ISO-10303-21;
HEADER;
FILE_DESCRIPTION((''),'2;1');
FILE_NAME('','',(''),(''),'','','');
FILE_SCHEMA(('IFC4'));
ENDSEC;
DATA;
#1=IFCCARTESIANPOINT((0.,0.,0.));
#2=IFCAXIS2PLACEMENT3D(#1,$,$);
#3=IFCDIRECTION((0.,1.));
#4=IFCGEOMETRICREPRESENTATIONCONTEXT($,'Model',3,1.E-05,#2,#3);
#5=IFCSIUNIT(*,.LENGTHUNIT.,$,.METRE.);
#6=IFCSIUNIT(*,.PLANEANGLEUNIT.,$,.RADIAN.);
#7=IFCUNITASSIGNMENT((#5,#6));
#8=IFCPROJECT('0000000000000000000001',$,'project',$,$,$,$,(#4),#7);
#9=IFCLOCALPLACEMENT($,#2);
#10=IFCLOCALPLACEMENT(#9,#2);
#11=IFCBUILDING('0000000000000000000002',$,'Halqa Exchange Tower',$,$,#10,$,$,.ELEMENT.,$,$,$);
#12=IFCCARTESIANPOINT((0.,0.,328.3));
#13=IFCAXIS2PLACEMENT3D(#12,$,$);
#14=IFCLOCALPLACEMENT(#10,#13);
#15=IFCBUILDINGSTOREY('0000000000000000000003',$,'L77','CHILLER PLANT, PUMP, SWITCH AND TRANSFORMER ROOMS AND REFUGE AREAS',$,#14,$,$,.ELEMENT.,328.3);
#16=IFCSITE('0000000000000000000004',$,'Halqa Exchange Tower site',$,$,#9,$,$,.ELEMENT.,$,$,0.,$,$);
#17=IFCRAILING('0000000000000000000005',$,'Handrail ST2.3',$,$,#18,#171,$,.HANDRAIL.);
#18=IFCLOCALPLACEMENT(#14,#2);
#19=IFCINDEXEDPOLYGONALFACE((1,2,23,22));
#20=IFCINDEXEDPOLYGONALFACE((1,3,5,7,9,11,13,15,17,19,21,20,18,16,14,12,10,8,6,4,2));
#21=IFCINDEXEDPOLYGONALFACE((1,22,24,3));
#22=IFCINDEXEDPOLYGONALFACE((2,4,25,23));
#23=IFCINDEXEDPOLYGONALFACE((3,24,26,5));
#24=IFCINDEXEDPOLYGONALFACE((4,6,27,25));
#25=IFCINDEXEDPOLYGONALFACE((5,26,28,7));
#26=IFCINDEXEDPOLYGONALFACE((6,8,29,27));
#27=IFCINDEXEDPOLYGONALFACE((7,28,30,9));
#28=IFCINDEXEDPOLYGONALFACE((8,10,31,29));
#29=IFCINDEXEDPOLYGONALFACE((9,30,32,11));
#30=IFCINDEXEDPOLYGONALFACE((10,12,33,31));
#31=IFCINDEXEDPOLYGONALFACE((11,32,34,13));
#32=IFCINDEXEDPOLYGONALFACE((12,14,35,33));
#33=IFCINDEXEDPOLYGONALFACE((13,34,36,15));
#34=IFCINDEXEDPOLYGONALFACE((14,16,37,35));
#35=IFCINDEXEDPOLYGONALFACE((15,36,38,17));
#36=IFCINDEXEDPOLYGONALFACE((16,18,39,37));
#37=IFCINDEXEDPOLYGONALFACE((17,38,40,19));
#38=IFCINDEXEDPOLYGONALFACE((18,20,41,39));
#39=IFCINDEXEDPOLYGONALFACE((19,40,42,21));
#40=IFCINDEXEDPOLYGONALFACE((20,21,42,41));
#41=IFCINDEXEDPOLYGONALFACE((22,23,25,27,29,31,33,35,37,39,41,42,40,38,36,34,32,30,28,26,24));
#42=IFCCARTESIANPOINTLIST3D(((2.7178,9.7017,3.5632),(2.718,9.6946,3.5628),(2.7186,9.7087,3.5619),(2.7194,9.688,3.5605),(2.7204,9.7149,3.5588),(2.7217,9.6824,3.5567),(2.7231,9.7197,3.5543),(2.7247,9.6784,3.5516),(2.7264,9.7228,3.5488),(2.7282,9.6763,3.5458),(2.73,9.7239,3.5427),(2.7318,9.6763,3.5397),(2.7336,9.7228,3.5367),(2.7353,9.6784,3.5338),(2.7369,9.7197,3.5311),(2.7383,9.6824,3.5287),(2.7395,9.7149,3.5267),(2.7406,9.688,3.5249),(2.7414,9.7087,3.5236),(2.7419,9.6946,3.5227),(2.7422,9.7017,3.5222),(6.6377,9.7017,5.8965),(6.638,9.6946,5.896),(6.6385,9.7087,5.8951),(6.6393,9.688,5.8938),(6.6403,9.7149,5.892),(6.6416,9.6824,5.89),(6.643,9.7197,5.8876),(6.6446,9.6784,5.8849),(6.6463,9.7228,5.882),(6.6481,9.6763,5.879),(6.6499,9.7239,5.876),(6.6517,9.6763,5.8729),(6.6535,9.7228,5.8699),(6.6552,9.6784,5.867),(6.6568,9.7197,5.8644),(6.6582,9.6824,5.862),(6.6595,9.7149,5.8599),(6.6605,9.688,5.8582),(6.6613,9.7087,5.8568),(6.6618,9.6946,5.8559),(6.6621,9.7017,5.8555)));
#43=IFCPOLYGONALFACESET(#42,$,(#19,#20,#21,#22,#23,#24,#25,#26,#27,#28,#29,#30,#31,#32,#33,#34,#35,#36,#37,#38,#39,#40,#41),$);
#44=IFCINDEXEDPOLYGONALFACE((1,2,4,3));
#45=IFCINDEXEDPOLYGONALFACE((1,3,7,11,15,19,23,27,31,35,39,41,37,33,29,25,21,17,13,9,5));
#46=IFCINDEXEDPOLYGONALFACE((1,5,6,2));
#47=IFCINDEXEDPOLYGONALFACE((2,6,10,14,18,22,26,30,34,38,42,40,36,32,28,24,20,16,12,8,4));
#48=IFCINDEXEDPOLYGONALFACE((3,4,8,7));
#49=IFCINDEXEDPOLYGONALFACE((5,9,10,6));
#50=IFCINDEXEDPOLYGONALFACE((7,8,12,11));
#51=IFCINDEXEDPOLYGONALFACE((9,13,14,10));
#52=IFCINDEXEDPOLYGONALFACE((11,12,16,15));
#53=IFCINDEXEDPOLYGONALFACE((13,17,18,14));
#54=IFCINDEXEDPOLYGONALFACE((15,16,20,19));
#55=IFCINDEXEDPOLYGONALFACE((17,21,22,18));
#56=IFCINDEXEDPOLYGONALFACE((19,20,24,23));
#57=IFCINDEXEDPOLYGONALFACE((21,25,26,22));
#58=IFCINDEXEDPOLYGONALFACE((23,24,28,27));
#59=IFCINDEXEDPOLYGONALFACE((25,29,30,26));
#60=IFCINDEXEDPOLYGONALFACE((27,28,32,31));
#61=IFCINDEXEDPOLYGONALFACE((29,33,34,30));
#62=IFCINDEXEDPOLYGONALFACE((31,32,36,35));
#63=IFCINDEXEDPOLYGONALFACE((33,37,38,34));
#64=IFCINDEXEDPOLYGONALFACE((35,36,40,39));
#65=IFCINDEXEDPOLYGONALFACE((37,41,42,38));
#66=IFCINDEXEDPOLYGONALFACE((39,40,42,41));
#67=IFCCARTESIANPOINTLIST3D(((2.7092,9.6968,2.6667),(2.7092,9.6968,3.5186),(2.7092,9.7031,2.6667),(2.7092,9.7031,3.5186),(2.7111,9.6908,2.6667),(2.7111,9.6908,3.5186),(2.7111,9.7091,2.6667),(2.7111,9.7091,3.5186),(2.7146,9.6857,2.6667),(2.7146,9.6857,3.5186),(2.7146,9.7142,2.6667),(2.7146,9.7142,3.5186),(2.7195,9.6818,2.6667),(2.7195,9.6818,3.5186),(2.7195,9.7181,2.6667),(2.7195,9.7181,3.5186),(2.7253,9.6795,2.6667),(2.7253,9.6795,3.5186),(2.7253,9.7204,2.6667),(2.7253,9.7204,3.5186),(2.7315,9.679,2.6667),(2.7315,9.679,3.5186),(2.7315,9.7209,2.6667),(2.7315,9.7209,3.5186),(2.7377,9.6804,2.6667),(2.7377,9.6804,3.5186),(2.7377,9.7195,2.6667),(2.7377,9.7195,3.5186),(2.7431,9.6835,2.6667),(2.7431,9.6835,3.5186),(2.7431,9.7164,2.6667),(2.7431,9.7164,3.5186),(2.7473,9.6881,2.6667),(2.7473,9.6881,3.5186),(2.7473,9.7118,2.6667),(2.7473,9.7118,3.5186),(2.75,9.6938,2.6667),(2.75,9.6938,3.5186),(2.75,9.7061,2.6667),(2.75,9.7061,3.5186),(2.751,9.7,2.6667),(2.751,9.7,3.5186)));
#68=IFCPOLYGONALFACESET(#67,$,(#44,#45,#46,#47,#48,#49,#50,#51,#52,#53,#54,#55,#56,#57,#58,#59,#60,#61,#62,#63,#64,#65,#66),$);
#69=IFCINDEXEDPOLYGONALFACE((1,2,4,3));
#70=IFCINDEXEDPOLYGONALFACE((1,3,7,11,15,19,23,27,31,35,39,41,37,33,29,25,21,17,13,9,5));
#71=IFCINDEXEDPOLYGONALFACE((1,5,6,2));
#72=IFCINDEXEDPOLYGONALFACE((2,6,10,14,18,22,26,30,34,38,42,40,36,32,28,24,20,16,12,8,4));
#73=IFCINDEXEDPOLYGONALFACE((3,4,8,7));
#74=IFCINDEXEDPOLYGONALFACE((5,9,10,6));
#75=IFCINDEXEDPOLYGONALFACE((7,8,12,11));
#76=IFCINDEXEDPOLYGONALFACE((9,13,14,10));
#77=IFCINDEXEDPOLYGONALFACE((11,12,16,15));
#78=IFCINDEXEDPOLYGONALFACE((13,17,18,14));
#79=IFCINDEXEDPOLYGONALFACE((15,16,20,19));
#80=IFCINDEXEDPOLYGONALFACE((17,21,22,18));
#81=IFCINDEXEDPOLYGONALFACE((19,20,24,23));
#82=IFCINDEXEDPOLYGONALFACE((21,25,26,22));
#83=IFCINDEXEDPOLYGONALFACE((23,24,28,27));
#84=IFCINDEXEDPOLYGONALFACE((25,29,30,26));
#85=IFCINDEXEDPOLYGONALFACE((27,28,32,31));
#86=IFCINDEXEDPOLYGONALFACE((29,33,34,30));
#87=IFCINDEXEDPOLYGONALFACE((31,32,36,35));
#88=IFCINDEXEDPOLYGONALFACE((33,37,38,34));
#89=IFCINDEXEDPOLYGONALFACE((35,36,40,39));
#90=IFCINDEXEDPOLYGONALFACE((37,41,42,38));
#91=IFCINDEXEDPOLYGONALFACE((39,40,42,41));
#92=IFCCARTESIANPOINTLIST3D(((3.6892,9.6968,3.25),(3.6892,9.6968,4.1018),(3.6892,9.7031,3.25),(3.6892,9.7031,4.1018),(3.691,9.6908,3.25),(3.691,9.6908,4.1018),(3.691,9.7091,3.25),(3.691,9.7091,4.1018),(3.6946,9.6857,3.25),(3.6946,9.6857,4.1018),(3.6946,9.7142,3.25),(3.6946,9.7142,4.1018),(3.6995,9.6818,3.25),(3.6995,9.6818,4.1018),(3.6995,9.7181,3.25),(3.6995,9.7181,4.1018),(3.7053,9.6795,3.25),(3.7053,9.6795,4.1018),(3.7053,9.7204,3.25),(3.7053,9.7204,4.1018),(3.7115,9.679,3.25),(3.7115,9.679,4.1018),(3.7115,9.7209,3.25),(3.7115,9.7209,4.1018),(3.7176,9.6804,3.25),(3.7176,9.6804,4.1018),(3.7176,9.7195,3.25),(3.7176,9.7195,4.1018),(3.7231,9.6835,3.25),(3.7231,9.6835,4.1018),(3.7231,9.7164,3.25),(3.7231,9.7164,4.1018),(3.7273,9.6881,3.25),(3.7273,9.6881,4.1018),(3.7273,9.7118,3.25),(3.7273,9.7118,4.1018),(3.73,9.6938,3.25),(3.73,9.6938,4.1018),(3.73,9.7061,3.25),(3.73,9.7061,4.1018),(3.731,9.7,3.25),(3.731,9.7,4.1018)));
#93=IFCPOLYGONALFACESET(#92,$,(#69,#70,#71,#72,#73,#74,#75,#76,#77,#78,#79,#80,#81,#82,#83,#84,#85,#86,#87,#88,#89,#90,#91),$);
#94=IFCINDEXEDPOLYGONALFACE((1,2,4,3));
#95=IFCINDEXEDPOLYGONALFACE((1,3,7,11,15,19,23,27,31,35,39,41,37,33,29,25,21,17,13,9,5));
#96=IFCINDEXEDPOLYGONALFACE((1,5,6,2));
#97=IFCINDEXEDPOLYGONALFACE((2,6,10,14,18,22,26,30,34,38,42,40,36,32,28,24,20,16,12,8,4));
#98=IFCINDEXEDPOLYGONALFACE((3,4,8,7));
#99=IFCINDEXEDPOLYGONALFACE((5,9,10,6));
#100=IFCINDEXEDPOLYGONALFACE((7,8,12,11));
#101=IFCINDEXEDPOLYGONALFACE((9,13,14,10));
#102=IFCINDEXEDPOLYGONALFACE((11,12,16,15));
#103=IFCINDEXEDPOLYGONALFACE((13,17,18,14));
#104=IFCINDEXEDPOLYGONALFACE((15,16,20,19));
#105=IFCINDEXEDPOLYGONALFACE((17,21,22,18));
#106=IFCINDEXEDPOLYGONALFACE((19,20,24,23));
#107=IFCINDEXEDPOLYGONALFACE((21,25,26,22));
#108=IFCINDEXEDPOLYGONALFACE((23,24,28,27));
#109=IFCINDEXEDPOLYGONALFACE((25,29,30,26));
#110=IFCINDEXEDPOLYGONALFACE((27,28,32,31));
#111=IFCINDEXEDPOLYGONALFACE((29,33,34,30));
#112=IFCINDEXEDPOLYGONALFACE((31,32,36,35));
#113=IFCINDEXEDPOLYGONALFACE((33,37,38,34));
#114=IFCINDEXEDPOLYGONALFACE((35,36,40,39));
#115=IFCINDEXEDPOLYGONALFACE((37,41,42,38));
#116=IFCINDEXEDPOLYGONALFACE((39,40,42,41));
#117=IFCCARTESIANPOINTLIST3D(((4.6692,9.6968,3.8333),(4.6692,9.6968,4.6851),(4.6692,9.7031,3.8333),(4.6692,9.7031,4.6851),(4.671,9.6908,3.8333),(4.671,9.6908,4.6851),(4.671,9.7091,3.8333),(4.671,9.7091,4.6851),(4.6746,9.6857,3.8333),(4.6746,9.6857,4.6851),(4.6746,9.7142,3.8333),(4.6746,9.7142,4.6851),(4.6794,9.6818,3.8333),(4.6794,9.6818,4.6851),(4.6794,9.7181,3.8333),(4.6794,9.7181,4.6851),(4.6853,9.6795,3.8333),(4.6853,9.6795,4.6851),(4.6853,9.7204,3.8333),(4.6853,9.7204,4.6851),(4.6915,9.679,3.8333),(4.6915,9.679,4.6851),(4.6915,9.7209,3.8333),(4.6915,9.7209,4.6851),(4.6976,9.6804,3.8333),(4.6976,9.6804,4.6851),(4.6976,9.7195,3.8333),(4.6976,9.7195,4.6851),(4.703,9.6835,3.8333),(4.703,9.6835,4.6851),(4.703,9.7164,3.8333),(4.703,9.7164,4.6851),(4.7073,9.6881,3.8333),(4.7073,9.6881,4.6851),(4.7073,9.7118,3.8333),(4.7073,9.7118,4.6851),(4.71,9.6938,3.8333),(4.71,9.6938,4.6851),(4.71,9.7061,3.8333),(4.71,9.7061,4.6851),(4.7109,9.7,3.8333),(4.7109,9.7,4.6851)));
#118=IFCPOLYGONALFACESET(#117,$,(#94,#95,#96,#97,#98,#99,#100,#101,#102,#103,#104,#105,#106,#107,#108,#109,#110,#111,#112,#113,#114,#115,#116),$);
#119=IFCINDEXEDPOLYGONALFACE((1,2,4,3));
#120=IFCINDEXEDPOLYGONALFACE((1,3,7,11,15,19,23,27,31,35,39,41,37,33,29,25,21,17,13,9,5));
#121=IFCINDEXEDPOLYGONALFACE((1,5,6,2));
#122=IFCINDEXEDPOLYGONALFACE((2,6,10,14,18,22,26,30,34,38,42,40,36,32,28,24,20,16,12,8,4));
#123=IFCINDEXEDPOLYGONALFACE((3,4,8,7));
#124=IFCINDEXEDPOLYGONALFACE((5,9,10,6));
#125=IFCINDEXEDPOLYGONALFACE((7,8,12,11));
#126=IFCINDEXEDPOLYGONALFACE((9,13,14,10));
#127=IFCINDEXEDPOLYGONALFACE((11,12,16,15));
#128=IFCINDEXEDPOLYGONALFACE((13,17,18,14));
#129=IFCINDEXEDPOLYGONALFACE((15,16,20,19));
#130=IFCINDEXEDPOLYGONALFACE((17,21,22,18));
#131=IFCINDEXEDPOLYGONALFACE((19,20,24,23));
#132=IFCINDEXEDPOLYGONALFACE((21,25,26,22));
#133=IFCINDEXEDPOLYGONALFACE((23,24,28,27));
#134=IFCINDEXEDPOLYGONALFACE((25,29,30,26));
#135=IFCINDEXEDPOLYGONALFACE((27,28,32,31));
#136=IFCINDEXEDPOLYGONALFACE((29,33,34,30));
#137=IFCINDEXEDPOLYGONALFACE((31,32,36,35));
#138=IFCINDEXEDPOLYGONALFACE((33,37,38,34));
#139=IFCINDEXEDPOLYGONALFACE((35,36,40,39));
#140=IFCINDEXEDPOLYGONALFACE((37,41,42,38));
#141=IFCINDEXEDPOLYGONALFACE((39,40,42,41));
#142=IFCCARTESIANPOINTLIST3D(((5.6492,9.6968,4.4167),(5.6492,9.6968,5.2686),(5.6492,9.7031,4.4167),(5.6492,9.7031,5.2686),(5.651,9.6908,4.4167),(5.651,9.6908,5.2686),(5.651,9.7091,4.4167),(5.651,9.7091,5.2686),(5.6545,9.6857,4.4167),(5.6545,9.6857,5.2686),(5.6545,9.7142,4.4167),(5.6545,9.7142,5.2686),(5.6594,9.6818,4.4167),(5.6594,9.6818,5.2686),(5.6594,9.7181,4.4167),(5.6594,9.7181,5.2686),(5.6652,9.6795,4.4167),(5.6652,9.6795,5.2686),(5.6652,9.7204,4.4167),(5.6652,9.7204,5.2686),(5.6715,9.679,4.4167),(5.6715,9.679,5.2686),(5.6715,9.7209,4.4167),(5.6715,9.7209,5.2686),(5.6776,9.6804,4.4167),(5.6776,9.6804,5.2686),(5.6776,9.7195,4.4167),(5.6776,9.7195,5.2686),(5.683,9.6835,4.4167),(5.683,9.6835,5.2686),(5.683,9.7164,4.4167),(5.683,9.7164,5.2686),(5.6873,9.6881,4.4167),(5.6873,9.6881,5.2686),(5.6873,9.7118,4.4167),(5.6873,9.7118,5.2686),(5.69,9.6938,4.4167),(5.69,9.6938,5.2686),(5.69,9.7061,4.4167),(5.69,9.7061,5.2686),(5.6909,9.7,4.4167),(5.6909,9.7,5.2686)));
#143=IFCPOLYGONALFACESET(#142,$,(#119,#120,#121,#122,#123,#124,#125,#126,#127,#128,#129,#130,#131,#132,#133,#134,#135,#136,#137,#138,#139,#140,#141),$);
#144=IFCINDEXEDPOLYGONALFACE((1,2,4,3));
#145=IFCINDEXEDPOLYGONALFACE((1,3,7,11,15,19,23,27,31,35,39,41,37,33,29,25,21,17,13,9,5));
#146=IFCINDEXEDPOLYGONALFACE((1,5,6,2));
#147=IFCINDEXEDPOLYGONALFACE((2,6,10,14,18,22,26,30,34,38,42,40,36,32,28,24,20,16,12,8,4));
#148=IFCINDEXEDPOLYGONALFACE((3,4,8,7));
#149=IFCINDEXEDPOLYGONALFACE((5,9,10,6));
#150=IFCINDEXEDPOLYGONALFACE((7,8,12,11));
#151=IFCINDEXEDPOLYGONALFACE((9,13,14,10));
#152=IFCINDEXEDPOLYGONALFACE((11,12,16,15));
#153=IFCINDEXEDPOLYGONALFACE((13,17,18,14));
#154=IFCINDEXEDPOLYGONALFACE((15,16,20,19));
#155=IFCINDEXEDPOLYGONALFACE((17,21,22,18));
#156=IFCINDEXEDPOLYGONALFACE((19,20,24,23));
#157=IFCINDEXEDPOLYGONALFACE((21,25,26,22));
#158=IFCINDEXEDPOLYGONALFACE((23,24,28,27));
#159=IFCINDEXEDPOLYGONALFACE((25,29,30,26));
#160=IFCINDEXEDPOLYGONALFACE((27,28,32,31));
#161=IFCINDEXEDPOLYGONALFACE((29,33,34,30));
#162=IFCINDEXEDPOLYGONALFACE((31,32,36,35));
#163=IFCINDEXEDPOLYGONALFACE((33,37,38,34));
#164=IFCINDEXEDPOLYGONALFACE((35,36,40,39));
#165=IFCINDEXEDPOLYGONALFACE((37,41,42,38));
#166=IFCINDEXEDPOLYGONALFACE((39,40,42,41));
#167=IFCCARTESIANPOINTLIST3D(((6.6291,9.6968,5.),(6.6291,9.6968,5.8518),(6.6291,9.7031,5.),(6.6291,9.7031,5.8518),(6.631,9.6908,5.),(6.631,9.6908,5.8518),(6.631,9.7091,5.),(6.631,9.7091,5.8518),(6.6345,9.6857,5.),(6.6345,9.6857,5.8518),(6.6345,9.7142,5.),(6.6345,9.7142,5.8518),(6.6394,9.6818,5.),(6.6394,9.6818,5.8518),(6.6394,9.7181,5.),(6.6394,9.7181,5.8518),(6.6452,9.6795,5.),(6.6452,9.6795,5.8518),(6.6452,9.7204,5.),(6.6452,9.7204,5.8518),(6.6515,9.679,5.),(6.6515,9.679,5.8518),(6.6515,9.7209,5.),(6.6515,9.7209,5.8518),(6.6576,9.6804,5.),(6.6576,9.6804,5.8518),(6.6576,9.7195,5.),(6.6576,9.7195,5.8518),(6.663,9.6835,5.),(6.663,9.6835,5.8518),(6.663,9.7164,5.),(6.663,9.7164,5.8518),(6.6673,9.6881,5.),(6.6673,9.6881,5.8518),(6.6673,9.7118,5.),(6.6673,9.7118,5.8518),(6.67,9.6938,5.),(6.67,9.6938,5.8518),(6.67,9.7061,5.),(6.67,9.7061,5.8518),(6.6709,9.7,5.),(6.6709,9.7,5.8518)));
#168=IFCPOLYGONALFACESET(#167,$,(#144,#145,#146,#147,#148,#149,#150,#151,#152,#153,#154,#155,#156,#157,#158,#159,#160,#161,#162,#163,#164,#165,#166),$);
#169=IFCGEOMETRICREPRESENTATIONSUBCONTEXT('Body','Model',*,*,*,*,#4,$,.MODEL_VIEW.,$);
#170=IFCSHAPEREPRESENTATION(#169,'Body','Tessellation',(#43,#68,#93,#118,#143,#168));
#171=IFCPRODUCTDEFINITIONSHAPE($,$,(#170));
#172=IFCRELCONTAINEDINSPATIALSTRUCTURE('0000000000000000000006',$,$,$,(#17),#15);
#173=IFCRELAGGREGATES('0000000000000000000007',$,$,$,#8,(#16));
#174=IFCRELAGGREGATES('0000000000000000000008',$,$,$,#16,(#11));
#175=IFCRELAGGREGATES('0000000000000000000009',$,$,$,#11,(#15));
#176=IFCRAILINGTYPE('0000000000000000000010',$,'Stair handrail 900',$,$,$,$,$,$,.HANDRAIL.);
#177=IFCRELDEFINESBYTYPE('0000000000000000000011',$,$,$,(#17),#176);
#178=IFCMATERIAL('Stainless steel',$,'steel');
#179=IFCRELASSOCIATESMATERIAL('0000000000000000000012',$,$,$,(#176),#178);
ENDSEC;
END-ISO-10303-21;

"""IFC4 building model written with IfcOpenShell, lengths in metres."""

from ifc_helpers import new_model, si_unit, direction, frame, origin, origin_2d, place, context, subcontext, project, spatial, circle, extrude, material, type_object, element, save


model = new_model("IFC4")

# Units and contexts
model_context = context("Model", 3, precision=1e-05, world=origin(), true_north=direction((0.0, 1.0)))
body_context = subcontext(model_context, "Body", "Model", "MODEL_VIEW")
ifc_project = project(units=[si_unit("LENGTHUNIT", "METRE"), si_unit("PLANEANGLEUNIT", "RADIAN")], contexts=[model_context])

# Site, building, storey
site_placement = place(None, origin())
site = spatial("IfcSite", under=ifc_project, at=site_placement, Name="Halqa Exchange Tower site", CompositionType="ELEMENT", RefElevation=0.0)
building_placement = place(site_placement, origin())
building = spatial("IfcBuilding", under=site, at=building_placement, Name="Halqa Exchange Tower", CompositionType="ELEMENT")
storey_placement = place(building_placement, frame((0.0, 0.0, 328.3)))
storey = spatial("IfcBuildingStorey", under=building, at=storey_placement, Name="L77", Description="CHILLER PLANT, PUMP, SWITCH AND TRANSFORMER ROOMS AND REFUGE AREAS", CompositionType="ELEMENT", Elevation=328.3)

# Railing
ifc_material_1 = material(Name="Stainless steel", Category="steel")
railing_type_1 = type_object("IfcRailingType", Name="Stair handrail 900", PredefinedType="HANDRAIL", material=ifc_material_1)
railing_1_placement = place(storey_placement, frame((2.73, 9.7, 2.6667)))
element("IfcRailing", 1, at=railing_1_placement, inside=storey, type_object=railing_type_1, Name="Handrail ST2.3", PredefinedType="HANDRAIL", context=body_context, shape_type="SweptSolid", body=[
    extrude(circle(Radius=0.0239, at=origin_2d()), frame((0.0, 0.0, 0.876), z_axis=(0.859296, 0.0, 0.511478), x_axis=(0.0, 1.0, 0.0)), (0.0, 0.0, 1.0), 4.5618),
    extrude(circle(Radius=0.021, at=origin_2d()), origin(), (0.0, 0.0, 1.0), 0.8518),
    extrude(circle(Radius=0.021, at=origin_2d()), frame((0.98, 0.0, 0.5833)), (0.0, 0.0, 1.0), 0.8518),
    extrude(circle(Radius=0.021, at=origin_2d()), frame((1.96, 0.0, 1.1665)), (0.0, 0.0, 1.0), 0.8518),
    extrude(circle(Radius=0.021, at=origin_2d()), frame((2.9399, 0.0, 1.75)), (0.0, 0.0, 1.0), 0.8518),
    extrude(circle(Radius=0.021, at=origin_2d()), frame((3.9199, 0.0, 2.3333)), (0.0, 0.0, 1.0), 0.8518),
])

save(model, "model.ifc")
